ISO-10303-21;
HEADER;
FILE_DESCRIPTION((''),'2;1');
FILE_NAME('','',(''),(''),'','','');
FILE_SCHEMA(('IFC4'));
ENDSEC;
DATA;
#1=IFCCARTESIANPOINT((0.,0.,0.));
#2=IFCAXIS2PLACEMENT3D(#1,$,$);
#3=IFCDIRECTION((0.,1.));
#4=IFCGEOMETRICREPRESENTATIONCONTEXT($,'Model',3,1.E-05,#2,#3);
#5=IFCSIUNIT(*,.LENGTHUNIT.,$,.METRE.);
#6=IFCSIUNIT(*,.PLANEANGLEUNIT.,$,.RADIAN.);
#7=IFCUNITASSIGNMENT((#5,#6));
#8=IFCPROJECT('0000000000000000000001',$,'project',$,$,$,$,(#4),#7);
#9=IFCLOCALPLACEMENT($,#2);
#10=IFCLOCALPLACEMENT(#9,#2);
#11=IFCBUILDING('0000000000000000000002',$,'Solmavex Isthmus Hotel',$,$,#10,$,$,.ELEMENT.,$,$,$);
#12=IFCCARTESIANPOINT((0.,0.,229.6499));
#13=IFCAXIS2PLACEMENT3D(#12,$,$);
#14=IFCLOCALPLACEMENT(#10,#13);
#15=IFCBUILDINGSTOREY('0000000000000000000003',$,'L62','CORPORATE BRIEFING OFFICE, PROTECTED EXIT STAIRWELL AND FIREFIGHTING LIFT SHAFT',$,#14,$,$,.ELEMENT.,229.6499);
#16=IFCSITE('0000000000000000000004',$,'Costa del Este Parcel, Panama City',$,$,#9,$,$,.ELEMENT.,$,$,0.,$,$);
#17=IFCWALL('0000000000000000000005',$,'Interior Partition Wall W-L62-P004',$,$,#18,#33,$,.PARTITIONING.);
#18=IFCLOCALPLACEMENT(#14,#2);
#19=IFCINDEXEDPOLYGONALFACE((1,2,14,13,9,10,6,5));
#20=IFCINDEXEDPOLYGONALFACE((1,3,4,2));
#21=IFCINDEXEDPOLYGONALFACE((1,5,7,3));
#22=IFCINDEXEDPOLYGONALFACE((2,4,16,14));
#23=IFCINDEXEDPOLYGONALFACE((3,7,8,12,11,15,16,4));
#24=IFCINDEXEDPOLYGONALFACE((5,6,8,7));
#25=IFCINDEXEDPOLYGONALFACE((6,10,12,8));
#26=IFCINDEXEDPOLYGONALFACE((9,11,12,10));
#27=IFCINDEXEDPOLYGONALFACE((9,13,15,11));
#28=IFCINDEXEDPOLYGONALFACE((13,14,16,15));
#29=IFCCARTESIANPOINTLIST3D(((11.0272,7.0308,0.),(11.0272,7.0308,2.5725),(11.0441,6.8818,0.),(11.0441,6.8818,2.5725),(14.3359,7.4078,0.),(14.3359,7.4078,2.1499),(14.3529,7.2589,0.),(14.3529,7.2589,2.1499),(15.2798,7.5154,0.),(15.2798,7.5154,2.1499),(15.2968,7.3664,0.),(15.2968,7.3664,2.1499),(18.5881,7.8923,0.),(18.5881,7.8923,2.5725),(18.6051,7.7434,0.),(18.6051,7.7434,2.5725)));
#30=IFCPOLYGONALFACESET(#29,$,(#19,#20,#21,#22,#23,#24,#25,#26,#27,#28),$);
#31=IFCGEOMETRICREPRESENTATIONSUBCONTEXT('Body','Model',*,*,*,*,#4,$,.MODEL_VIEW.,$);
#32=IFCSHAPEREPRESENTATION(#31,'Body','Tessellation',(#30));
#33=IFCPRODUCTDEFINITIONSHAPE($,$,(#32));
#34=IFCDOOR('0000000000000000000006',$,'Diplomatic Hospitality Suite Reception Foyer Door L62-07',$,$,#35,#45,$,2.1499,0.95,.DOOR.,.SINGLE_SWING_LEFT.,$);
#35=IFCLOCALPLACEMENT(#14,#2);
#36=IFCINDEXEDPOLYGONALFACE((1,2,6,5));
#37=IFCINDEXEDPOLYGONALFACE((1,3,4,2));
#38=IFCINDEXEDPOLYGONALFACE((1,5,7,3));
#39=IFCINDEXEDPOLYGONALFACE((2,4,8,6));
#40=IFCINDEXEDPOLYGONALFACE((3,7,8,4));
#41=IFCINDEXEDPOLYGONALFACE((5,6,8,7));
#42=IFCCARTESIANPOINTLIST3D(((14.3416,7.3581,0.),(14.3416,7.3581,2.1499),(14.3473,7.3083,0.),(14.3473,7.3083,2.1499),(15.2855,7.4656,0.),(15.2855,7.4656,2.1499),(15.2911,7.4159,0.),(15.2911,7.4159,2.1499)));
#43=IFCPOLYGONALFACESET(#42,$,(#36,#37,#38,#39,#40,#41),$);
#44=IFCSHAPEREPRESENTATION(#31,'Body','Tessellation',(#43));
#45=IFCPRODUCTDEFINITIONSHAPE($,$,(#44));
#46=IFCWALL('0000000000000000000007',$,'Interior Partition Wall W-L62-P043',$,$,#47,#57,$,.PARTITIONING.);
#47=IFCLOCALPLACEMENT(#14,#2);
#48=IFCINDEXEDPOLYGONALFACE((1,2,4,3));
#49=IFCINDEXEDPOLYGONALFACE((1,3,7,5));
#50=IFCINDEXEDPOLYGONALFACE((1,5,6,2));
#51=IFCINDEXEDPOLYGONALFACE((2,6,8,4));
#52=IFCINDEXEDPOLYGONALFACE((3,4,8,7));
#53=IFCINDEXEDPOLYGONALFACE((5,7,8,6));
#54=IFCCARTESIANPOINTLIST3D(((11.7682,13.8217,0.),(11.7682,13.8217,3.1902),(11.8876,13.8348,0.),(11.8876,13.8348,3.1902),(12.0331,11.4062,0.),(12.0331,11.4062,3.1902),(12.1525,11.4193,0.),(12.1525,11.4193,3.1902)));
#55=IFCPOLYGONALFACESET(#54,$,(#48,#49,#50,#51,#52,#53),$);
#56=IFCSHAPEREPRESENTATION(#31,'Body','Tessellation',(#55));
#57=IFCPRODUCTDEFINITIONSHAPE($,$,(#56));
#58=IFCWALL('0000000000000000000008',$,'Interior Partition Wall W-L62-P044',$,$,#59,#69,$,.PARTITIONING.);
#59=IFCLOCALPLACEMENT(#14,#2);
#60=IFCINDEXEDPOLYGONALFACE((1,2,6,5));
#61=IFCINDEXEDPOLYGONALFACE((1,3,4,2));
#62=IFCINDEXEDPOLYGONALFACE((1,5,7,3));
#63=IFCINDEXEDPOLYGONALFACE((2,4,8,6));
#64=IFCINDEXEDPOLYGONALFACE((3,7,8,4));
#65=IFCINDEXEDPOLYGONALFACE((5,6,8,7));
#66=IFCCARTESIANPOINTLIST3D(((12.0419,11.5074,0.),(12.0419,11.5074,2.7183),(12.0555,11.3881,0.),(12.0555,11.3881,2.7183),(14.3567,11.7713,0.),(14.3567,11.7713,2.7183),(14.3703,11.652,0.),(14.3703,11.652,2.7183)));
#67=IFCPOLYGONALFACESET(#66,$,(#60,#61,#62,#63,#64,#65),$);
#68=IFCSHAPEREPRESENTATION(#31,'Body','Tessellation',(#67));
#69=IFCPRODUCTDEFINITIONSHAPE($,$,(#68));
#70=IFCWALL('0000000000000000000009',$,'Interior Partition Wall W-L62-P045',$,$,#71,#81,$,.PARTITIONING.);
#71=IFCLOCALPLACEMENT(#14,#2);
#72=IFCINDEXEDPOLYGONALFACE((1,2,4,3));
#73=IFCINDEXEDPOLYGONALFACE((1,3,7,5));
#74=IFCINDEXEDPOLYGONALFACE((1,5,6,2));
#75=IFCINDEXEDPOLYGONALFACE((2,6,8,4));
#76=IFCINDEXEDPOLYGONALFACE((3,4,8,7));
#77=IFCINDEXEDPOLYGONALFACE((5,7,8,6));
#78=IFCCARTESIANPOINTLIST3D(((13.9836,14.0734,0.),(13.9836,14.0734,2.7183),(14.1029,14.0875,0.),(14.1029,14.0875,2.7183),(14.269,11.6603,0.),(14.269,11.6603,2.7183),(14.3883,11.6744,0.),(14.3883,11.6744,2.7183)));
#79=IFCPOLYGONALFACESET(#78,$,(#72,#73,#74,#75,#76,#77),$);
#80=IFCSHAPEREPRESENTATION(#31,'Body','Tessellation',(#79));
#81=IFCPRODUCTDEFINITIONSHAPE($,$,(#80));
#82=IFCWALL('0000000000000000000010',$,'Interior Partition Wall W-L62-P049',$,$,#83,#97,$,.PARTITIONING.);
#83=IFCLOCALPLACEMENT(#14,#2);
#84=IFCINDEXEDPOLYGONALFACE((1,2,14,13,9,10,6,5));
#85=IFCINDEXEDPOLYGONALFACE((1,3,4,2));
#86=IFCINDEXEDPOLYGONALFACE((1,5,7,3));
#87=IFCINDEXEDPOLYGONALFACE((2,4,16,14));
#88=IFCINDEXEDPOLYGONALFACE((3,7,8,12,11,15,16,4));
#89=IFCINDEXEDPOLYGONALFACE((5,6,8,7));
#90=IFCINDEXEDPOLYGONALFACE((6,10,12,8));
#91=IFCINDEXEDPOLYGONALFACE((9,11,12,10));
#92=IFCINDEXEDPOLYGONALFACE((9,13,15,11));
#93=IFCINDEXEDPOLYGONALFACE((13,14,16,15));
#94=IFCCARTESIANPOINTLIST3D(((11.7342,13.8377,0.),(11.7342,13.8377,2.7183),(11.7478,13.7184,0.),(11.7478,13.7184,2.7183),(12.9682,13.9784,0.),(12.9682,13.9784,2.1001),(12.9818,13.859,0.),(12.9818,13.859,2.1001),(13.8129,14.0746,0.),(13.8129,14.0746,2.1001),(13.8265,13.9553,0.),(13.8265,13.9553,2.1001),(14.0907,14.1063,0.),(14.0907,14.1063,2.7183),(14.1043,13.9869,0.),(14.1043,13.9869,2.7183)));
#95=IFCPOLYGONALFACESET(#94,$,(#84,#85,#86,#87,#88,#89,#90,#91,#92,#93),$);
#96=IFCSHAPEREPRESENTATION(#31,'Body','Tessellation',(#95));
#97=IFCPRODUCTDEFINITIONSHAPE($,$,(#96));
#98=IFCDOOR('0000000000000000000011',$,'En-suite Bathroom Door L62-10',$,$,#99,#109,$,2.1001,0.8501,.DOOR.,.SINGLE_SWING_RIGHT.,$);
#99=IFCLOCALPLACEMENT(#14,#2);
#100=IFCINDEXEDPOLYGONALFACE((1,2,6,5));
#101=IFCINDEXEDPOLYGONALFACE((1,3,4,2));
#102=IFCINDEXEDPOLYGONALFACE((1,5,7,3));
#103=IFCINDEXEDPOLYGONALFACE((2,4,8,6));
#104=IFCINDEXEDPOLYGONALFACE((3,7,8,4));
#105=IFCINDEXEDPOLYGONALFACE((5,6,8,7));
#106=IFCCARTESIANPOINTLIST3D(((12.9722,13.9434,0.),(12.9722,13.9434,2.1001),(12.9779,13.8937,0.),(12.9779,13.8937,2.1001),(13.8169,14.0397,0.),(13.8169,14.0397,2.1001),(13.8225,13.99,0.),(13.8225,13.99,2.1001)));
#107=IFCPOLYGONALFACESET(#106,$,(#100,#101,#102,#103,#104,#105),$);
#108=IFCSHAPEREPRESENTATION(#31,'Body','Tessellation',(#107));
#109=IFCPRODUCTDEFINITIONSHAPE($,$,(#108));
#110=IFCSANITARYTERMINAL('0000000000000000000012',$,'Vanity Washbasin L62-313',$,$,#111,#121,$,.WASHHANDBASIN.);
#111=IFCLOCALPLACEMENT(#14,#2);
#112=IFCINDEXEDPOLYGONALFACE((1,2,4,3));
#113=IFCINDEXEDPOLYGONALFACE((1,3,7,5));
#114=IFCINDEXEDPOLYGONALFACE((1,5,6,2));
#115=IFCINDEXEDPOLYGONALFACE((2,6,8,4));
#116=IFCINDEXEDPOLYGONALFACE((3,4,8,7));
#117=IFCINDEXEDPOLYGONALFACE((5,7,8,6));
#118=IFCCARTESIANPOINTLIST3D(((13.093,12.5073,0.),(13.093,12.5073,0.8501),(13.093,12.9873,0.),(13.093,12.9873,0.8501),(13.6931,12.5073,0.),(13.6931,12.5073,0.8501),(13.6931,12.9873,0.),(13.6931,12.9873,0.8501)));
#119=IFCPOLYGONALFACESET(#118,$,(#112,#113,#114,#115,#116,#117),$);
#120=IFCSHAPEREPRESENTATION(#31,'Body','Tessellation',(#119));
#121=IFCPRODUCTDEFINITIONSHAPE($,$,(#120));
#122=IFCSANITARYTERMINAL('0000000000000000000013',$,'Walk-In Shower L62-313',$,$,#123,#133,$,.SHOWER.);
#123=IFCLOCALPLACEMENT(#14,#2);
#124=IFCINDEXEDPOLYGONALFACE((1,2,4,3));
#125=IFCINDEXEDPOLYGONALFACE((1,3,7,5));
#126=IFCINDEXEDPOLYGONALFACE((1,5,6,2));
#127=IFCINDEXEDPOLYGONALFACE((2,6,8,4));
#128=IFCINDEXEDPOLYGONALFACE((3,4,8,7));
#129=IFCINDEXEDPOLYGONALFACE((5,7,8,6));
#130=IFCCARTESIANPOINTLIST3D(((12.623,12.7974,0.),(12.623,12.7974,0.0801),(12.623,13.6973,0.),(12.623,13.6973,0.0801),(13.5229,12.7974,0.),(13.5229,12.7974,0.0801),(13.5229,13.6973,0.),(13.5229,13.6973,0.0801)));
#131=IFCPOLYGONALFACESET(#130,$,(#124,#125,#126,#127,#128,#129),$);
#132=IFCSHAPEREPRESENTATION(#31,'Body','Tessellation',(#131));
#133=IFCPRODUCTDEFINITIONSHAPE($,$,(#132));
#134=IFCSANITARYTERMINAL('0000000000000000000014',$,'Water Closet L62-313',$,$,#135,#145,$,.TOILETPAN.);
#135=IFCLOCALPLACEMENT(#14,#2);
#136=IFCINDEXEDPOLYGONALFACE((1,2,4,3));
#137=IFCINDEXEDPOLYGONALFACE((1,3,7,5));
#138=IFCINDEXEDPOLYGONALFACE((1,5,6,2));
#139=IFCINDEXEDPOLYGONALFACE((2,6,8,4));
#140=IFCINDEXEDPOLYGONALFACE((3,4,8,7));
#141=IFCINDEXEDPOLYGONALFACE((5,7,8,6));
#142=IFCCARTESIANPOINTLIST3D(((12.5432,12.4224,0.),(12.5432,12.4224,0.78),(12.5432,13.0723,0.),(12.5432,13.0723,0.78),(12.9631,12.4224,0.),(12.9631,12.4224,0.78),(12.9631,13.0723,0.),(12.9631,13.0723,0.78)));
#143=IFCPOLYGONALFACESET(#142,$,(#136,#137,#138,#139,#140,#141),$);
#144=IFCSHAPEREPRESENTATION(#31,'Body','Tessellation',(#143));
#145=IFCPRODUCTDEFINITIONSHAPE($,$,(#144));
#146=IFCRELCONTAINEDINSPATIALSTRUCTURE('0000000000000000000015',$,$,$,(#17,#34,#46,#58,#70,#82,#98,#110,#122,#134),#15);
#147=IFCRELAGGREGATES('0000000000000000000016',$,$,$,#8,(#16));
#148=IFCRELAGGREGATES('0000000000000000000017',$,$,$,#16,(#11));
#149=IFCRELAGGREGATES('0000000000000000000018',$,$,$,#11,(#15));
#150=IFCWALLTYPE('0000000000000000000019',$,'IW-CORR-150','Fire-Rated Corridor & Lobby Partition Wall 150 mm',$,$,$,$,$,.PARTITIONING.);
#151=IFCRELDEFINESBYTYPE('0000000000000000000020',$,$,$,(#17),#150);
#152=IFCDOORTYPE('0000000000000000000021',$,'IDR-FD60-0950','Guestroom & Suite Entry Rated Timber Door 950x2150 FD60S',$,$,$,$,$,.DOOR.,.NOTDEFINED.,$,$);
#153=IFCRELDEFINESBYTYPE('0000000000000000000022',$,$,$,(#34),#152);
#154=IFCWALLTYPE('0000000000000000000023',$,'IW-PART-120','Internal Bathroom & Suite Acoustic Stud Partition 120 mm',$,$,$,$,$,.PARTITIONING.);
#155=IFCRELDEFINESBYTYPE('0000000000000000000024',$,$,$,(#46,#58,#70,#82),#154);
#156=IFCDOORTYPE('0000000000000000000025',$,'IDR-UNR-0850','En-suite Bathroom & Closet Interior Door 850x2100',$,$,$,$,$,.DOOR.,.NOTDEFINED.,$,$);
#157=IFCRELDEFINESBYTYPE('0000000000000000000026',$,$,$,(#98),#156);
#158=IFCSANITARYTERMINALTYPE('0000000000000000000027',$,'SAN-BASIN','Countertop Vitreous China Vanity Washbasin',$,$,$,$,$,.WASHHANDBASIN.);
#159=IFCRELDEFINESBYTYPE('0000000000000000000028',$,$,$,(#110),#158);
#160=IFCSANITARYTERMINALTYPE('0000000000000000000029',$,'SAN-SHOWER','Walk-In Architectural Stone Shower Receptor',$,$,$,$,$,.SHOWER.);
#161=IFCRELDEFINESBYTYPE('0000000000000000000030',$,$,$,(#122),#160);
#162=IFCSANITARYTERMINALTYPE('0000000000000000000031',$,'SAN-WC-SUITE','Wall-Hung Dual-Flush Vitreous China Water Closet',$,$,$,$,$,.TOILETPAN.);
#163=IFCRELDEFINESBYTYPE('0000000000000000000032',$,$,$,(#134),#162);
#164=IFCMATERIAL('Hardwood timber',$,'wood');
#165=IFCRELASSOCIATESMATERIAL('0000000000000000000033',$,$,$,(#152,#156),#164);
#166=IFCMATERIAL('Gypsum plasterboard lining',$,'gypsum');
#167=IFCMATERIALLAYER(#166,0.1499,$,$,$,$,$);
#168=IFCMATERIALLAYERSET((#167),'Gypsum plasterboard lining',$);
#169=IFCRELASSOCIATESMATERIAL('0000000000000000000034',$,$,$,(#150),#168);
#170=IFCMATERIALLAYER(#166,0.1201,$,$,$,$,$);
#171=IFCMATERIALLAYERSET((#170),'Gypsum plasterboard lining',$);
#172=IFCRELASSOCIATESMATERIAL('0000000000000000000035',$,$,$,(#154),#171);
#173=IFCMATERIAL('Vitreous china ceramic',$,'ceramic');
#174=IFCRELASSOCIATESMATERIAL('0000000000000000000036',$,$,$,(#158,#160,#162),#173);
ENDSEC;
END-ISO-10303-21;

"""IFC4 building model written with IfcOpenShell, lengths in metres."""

from ifc_helpers import new_model, si_unit, direction, frame, frame_2d, origin, origin_2d, place, context, subcontext, project, spatial, rectangle, extrude, material, layer, layer_set, type_object, element, fill, save


model = new_model("IFC4")

# Units and contexts
model_context = context("Model", 3, precision=1e-05, world=origin(), true_north=direction((0.0, 1.0)))
body_context = subcontext(model_context, "Body", "Model", "MODEL_VIEW")
ifc_project = project(units=[si_unit("LENGTHUNIT", "METRE"), si_unit("PLANEANGLEUNIT", "RADIAN")], contexts=[model_context])

# Site, building, storey
site_placement = place(None, origin())
site = spatial("IfcSite", under=ifc_project, at=site_placement, Name="Costa del Este Parcel, Panama City", CompositionType="ELEMENT", RefElevation=0.0)
building_placement = place(site_placement, origin())
building = spatial("IfcBuilding", under=site, at=building_placement, Name="Solmavex Isthmus Hotel", CompositionType="ELEMENT")
storey_placement = place(building_placement, frame((0.0, 0.0, 229.6499)))
storey = spatial("IfcBuildingStorey", under=building, at=storey_placement, Name="L62", Description="CORPORATE BRIEFING OFFICE, PROTECTED EXIT STAIRWELL AND FIREFIGHTING LIFT SHAFT", CompositionType="ELEMENT", Elevation=229.6499)

# Shared definitions
ifc_material_1 = material(Name="Gypsum plasterboard lining", Category="gypsum")

# Shared definitions
ifc_material_2 = material(Name="Hardwood timber", Category="wood")
door_type_1 = type_object("IfcDoorType", Name="IDR-FD60-0950", Description="Guestroom & Suite Entry Rated Timber Door 950x2150 FD60S", OperationType="NOTDEFINED", PredefinedType="DOOR", material=ifc_material_2)

# Wall, opening, door
ifc_layer_1 = layer(ifc_material_1, 0.1499)
ifc_layer_set_1 = layer_set([ifc_layer_1], Name="Gypsum plasterboard lining")
wall_type_1 = type_object("IfcWallType", Name="IW-CORR-150", Description="Fire-Rated Corridor & Lobby Partition Wall 150 mm", PredefinedType="PARTITIONING", material=ifc_layer_set_1)
wall_1_placement = place(storey_placement, frame((11.0356, 6.9563, 0.0), z_axis=(0.0, 0.0, 1.0), x_axis=(0.99357, 0.113216, 0.0)))
wall_1 = element("IfcWall", 1, at=wall_1_placement, inside=storey, type_object=wall_type_1, Name="Interior Partition Wall W-L62-P004", PredefinedType="PARTITIONING", context=body_context, shape_type="SweptSolid", body=[
    extrude(rectangle(XDim=7.6099, YDim=0.1499, at=frame_2d((3.8049, 0.0))), origin(), (0.0, 0.0, 1.0), 2.5725),
])
opening_1_placement = place(wall_1_placement, frame((3.3301, 0.0, 0.0)))
opening_1 = element("IfcOpeningElement", 2, at=opening_1_placement, cuts=wall_1, PredefinedType="OPENING", context=body_context, shape_type="SweptSolid", body=[
    extrude(rectangle(XDim=0.95, YDim=2.1499, at=frame_2d((0.4751, 1.075))), frame((0.0, 0.085, 0.0), z_axis=(0.0, -1.0, 0.0), x_axis=(1.0, 0.0, 0.0)), (0.0, 0.0, 1.0), 0.1699),
])
door_1_placement = place(opening_1_placement, origin())
door_1 = element("IfcDoor", 3, at=door_1_placement, inside=storey, type_object=door_type_1, Name="Diplomatic Hospitality Suite Reception Foyer Door L62-07", OperationType="SINGLE_SWING_LEFT", OverallHeight=2.1499, OverallWidth=0.95, PredefinedType="DOOR", context=body_context, shape_type="SweptSolid", body=[
    extrude(rectangle(XDim=0.95, YDim=2.1499, at=frame_2d((0.4751, 1.075))), frame((0.0, 0.0249, 0.0), z_axis=(0.0, -1.0, 0.0), x_axis=(1.0, 0.0, 0.0)), (0.0, 0.0, 1.0), 0.05),
])
fill(opening_1, door_1)

# Walls
ifc_layer_2 = layer(ifc_material_1, 0.1201)
ifc_layer_set_2 = layer_set([ifc_layer_2], Name="Gypsum plasterboard lining")
wall_type_2 = type_object("IfcWallType", Name="IW-PART-120", Description="Internal Bathroom & Suite Acoustic Stud Partition 120 mm", PredefinedType="PARTITIONING", material=ifc_layer_set_2)
wall_2_placement = place(storey_placement, frame((11.8279, 13.8281, 0.0), z_axis=(0.0, 0.0, 1.0), x_axis=(0.109009, -0.994041, 0.0)))
element("IfcWall", 4, at=wall_2_placement, inside=storey, type_object=wall_type_2, Name="Interior Partition Wall W-L62-P043", PredefinedType="PARTITIONING", context=body_context, shape_type="SweptSolid", body=[
    extrude(rectangle(XDim=2.4299, YDim=0.1201, at=frame_2d((1.2148, 0.0))), origin(), (0.0, 0.0, 1.0), 3.1902),
])
wall_3_placement = place(storey_placement, frame((12.0486, 11.4478, 0.0), z_axis=(0.0, 0.0, 1.0), x_axis=(0.993564, 0.113272, 0.0)))
element("IfcWall", 5, at=wall_3_placement, inside=storey, type_object=wall_type_2, Name="Interior Partition Wall W-L62-P044", PredefinedType="PARTITIONING", context=body_context, shape_type="SweptSolid", body=[
    extrude(rectangle(XDim=2.3298, YDim=0.1201, at=frame_2d((1.165, 0.0))), origin(), (0.0, 0.0, 1.0), 2.7183),
])
wall_4_placement = place(storey_placement, frame((14.3286, 11.6675, 0.0), z_axis=(0.0, 0.0, 1.0), x_axis=(-0.117453, 0.993078, 0.0)))
element("IfcWall", 6, at=wall_4_placement, inside=storey, type_object=wall_type_2, Name="Interior Partition Wall W-L62-P045", PredefinedType="PARTITIONING", context=body_context, shape_type="SweptSolid", body=[
    extrude(rectangle(XDim=2.4299, YDim=0.1201, at=frame_2d((1.2148, 0.0))), origin(), (0.0, 0.0, 1.0), 2.7183),
])

# Wall, opening, door
wall_5_placement = place(storey_placement, frame((14.0977, 14.0466, 0.0), z_axis=(0.0, 0.0, 1.0), x_axis=(-0.99357, -0.113221, 0.0)))
wall_5 = element("IfcWall", 7, at=wall_5_placement, inside=storey, type_object=wall_type_2, Name="Interior Partition Wall W-L62-P049", PredefinedType="PARTITIONING", context=body_context, shape_type="SweptSolid", body=[
    extrude(rectangle(XDim=2.3718, YDim=0.1201, at=frame_2d((1.186, 0.0))), origin(), (0.0, 0.0, 1.0), 2.7183),
])
opening_2_placement = place(wall_5_placement, frame((0.2798, 0.0, 0.0)))
opening_2 = element("IfcOpeningElement", 8, at=opening_2_placement, cuts=wall_5, PredefinedType="OPENING", context=body_context, shape_type="SweptSolid", body=[
    extrude(rectangle(XDim=0.8501, YDim=2.1001, at=frame_2d((0.425, 1.05))), frame((0.0, 0.0701, 0.0), z_axis=(0.0, -1.0, 0.0), x_axis=(1.0, 0.0, 0.0)), (0.0, 0.0, 1.0), 0.1401),
])
door_type_2 = type_object("IfcDoorType", Name="IDR-UNR-0850", Description="En-suite Bathroom & Closet Interior Door 850x2100", OperationType="NOTDEFINED", PredefinedType="DOOR", material=ifc_material_2)
door_2_placement = place(opening_2_placement, frame((0.8501, 0.0, 0.0), z_axis=(0.0, 0.0, 1.0), x_axis=(-1.0, 0.0, 0.0)))
door_2 = element("IfcDoor", 9, at=door_2_placement, inside=storey, type_object=door_type_2, Name="En-suite Bathroom Door L62-10", OperationType="SINGLE_SWING_RIGHT", OverallHeight=2.1001, OverallWidth=0.8501, PredefinedType="DOOR", context=body_context, shape_type="SweptSolid", body=[
    extrude(rectangle(XDim=0.8501, YDim=2.1001, at=frame_2d((0.425, 1.05))), frame((0.0, 0.0249, 0.0), z_axis=(0.0, -1.0, 0.0), x_axis=(1.0, 0.0, 0.0)), (0.0, 0.0, 1.0), 0.05),
])
fill(opening_2, door_2)

# Sanitary terminals
ifc_material_3 = material(Name="Vitreous china ceramic", Category="ceramic")
sanitary_terminal_type_1 = type_object("IfcSanitaryTerminalType", Name="SAN-BASIN", Description="Countertop Vitreous China Vanity Washbasin", PredefinedType="WASHHANDBASIN", material=ifc_material_3)
sanitary_terminal_1_placement = place(storey_placement, frame((13.3931, 12.7473, 0.0), z_axis=(0.0, 0.0, 1.0), x_axis=(1.0, 0.0, 0.0)))
element("IfcSanitaryTerminal", 10, at=sanitary_terminal_1_placement, inside=storey, type_object=sanitary_terminal_type_1, Name="Vanity Washbasin L62-313", PredefinedType="WASHHANDBASIN", context=body_context, shape_type="SweptSolid", body=[
    extrude(rectangle(XDim=0.6001, YDim=0.48, at=origin_2d()), origin(), (0.0, 0.0, 1.0), 0.8501),
])
sanitary_terminal_type_2 = type_object("IfcSanitaryTerminalType", Name="SAN-SHOWER", Description="Walk-In Architectural Stone Shower Receptor", PredefinedType="SHOWER", material=ifc_material_3)
sanitary_terminal_2_placement = place(storey_placement, frame((13.073, 13.2473, 0.0), z_axis=(0.0, 0.0, 1.0), x_axis=(1.0, 0.0, 0.0)))
element("IfcSanitaryTerminal", 11, at=sanitary_terminal_2_placement, inside=storey, type_object=sanitary_terminal_type_2, Name="Walk-In Shower L62-313", PredefinedType="SHOWER", context=body_context, shape_type="SweptSolid", body=[
    extrude(rectangle(XDim=0.8999, YDim=0.8999, at=origin_2d()), origin(), (0.0, 0.0, 1.0), 0.0801),
])
sanitary_terminal_type_3 = type_object("IfcSanitaryTerminalType", Name="SAN-WC-SUITE", Description="Wall-Hung Dual-Flush Vitreous China Water Closet", PredefinedType="TOILETPAN", material=ifc_material_3)
sanitary_terminal_3_placement = place(storey_placement, frame((12.7532, 12.7473, 0.0), z_axis=(0.0, 0.0, 1.0), x_axis=(1.0, 0.0, 0.0)))
element("IfcSanitaryTerminal", 12, at=sanitary_terminal_3_placement, inside=storey, type_object=sanitary_terminal_type_3, Name="Water Closet L62-313", PredefinedType="TOILETPAN", context=body_context, shape_type="SweptSolid", body=[
    extrude(rectangle(XDim=0.4199, YDim=0.6499, at=origin_2d()), origin(), (0.0, 0.0, 1.0), 0.78),
])

save(model, "model.ifc")
